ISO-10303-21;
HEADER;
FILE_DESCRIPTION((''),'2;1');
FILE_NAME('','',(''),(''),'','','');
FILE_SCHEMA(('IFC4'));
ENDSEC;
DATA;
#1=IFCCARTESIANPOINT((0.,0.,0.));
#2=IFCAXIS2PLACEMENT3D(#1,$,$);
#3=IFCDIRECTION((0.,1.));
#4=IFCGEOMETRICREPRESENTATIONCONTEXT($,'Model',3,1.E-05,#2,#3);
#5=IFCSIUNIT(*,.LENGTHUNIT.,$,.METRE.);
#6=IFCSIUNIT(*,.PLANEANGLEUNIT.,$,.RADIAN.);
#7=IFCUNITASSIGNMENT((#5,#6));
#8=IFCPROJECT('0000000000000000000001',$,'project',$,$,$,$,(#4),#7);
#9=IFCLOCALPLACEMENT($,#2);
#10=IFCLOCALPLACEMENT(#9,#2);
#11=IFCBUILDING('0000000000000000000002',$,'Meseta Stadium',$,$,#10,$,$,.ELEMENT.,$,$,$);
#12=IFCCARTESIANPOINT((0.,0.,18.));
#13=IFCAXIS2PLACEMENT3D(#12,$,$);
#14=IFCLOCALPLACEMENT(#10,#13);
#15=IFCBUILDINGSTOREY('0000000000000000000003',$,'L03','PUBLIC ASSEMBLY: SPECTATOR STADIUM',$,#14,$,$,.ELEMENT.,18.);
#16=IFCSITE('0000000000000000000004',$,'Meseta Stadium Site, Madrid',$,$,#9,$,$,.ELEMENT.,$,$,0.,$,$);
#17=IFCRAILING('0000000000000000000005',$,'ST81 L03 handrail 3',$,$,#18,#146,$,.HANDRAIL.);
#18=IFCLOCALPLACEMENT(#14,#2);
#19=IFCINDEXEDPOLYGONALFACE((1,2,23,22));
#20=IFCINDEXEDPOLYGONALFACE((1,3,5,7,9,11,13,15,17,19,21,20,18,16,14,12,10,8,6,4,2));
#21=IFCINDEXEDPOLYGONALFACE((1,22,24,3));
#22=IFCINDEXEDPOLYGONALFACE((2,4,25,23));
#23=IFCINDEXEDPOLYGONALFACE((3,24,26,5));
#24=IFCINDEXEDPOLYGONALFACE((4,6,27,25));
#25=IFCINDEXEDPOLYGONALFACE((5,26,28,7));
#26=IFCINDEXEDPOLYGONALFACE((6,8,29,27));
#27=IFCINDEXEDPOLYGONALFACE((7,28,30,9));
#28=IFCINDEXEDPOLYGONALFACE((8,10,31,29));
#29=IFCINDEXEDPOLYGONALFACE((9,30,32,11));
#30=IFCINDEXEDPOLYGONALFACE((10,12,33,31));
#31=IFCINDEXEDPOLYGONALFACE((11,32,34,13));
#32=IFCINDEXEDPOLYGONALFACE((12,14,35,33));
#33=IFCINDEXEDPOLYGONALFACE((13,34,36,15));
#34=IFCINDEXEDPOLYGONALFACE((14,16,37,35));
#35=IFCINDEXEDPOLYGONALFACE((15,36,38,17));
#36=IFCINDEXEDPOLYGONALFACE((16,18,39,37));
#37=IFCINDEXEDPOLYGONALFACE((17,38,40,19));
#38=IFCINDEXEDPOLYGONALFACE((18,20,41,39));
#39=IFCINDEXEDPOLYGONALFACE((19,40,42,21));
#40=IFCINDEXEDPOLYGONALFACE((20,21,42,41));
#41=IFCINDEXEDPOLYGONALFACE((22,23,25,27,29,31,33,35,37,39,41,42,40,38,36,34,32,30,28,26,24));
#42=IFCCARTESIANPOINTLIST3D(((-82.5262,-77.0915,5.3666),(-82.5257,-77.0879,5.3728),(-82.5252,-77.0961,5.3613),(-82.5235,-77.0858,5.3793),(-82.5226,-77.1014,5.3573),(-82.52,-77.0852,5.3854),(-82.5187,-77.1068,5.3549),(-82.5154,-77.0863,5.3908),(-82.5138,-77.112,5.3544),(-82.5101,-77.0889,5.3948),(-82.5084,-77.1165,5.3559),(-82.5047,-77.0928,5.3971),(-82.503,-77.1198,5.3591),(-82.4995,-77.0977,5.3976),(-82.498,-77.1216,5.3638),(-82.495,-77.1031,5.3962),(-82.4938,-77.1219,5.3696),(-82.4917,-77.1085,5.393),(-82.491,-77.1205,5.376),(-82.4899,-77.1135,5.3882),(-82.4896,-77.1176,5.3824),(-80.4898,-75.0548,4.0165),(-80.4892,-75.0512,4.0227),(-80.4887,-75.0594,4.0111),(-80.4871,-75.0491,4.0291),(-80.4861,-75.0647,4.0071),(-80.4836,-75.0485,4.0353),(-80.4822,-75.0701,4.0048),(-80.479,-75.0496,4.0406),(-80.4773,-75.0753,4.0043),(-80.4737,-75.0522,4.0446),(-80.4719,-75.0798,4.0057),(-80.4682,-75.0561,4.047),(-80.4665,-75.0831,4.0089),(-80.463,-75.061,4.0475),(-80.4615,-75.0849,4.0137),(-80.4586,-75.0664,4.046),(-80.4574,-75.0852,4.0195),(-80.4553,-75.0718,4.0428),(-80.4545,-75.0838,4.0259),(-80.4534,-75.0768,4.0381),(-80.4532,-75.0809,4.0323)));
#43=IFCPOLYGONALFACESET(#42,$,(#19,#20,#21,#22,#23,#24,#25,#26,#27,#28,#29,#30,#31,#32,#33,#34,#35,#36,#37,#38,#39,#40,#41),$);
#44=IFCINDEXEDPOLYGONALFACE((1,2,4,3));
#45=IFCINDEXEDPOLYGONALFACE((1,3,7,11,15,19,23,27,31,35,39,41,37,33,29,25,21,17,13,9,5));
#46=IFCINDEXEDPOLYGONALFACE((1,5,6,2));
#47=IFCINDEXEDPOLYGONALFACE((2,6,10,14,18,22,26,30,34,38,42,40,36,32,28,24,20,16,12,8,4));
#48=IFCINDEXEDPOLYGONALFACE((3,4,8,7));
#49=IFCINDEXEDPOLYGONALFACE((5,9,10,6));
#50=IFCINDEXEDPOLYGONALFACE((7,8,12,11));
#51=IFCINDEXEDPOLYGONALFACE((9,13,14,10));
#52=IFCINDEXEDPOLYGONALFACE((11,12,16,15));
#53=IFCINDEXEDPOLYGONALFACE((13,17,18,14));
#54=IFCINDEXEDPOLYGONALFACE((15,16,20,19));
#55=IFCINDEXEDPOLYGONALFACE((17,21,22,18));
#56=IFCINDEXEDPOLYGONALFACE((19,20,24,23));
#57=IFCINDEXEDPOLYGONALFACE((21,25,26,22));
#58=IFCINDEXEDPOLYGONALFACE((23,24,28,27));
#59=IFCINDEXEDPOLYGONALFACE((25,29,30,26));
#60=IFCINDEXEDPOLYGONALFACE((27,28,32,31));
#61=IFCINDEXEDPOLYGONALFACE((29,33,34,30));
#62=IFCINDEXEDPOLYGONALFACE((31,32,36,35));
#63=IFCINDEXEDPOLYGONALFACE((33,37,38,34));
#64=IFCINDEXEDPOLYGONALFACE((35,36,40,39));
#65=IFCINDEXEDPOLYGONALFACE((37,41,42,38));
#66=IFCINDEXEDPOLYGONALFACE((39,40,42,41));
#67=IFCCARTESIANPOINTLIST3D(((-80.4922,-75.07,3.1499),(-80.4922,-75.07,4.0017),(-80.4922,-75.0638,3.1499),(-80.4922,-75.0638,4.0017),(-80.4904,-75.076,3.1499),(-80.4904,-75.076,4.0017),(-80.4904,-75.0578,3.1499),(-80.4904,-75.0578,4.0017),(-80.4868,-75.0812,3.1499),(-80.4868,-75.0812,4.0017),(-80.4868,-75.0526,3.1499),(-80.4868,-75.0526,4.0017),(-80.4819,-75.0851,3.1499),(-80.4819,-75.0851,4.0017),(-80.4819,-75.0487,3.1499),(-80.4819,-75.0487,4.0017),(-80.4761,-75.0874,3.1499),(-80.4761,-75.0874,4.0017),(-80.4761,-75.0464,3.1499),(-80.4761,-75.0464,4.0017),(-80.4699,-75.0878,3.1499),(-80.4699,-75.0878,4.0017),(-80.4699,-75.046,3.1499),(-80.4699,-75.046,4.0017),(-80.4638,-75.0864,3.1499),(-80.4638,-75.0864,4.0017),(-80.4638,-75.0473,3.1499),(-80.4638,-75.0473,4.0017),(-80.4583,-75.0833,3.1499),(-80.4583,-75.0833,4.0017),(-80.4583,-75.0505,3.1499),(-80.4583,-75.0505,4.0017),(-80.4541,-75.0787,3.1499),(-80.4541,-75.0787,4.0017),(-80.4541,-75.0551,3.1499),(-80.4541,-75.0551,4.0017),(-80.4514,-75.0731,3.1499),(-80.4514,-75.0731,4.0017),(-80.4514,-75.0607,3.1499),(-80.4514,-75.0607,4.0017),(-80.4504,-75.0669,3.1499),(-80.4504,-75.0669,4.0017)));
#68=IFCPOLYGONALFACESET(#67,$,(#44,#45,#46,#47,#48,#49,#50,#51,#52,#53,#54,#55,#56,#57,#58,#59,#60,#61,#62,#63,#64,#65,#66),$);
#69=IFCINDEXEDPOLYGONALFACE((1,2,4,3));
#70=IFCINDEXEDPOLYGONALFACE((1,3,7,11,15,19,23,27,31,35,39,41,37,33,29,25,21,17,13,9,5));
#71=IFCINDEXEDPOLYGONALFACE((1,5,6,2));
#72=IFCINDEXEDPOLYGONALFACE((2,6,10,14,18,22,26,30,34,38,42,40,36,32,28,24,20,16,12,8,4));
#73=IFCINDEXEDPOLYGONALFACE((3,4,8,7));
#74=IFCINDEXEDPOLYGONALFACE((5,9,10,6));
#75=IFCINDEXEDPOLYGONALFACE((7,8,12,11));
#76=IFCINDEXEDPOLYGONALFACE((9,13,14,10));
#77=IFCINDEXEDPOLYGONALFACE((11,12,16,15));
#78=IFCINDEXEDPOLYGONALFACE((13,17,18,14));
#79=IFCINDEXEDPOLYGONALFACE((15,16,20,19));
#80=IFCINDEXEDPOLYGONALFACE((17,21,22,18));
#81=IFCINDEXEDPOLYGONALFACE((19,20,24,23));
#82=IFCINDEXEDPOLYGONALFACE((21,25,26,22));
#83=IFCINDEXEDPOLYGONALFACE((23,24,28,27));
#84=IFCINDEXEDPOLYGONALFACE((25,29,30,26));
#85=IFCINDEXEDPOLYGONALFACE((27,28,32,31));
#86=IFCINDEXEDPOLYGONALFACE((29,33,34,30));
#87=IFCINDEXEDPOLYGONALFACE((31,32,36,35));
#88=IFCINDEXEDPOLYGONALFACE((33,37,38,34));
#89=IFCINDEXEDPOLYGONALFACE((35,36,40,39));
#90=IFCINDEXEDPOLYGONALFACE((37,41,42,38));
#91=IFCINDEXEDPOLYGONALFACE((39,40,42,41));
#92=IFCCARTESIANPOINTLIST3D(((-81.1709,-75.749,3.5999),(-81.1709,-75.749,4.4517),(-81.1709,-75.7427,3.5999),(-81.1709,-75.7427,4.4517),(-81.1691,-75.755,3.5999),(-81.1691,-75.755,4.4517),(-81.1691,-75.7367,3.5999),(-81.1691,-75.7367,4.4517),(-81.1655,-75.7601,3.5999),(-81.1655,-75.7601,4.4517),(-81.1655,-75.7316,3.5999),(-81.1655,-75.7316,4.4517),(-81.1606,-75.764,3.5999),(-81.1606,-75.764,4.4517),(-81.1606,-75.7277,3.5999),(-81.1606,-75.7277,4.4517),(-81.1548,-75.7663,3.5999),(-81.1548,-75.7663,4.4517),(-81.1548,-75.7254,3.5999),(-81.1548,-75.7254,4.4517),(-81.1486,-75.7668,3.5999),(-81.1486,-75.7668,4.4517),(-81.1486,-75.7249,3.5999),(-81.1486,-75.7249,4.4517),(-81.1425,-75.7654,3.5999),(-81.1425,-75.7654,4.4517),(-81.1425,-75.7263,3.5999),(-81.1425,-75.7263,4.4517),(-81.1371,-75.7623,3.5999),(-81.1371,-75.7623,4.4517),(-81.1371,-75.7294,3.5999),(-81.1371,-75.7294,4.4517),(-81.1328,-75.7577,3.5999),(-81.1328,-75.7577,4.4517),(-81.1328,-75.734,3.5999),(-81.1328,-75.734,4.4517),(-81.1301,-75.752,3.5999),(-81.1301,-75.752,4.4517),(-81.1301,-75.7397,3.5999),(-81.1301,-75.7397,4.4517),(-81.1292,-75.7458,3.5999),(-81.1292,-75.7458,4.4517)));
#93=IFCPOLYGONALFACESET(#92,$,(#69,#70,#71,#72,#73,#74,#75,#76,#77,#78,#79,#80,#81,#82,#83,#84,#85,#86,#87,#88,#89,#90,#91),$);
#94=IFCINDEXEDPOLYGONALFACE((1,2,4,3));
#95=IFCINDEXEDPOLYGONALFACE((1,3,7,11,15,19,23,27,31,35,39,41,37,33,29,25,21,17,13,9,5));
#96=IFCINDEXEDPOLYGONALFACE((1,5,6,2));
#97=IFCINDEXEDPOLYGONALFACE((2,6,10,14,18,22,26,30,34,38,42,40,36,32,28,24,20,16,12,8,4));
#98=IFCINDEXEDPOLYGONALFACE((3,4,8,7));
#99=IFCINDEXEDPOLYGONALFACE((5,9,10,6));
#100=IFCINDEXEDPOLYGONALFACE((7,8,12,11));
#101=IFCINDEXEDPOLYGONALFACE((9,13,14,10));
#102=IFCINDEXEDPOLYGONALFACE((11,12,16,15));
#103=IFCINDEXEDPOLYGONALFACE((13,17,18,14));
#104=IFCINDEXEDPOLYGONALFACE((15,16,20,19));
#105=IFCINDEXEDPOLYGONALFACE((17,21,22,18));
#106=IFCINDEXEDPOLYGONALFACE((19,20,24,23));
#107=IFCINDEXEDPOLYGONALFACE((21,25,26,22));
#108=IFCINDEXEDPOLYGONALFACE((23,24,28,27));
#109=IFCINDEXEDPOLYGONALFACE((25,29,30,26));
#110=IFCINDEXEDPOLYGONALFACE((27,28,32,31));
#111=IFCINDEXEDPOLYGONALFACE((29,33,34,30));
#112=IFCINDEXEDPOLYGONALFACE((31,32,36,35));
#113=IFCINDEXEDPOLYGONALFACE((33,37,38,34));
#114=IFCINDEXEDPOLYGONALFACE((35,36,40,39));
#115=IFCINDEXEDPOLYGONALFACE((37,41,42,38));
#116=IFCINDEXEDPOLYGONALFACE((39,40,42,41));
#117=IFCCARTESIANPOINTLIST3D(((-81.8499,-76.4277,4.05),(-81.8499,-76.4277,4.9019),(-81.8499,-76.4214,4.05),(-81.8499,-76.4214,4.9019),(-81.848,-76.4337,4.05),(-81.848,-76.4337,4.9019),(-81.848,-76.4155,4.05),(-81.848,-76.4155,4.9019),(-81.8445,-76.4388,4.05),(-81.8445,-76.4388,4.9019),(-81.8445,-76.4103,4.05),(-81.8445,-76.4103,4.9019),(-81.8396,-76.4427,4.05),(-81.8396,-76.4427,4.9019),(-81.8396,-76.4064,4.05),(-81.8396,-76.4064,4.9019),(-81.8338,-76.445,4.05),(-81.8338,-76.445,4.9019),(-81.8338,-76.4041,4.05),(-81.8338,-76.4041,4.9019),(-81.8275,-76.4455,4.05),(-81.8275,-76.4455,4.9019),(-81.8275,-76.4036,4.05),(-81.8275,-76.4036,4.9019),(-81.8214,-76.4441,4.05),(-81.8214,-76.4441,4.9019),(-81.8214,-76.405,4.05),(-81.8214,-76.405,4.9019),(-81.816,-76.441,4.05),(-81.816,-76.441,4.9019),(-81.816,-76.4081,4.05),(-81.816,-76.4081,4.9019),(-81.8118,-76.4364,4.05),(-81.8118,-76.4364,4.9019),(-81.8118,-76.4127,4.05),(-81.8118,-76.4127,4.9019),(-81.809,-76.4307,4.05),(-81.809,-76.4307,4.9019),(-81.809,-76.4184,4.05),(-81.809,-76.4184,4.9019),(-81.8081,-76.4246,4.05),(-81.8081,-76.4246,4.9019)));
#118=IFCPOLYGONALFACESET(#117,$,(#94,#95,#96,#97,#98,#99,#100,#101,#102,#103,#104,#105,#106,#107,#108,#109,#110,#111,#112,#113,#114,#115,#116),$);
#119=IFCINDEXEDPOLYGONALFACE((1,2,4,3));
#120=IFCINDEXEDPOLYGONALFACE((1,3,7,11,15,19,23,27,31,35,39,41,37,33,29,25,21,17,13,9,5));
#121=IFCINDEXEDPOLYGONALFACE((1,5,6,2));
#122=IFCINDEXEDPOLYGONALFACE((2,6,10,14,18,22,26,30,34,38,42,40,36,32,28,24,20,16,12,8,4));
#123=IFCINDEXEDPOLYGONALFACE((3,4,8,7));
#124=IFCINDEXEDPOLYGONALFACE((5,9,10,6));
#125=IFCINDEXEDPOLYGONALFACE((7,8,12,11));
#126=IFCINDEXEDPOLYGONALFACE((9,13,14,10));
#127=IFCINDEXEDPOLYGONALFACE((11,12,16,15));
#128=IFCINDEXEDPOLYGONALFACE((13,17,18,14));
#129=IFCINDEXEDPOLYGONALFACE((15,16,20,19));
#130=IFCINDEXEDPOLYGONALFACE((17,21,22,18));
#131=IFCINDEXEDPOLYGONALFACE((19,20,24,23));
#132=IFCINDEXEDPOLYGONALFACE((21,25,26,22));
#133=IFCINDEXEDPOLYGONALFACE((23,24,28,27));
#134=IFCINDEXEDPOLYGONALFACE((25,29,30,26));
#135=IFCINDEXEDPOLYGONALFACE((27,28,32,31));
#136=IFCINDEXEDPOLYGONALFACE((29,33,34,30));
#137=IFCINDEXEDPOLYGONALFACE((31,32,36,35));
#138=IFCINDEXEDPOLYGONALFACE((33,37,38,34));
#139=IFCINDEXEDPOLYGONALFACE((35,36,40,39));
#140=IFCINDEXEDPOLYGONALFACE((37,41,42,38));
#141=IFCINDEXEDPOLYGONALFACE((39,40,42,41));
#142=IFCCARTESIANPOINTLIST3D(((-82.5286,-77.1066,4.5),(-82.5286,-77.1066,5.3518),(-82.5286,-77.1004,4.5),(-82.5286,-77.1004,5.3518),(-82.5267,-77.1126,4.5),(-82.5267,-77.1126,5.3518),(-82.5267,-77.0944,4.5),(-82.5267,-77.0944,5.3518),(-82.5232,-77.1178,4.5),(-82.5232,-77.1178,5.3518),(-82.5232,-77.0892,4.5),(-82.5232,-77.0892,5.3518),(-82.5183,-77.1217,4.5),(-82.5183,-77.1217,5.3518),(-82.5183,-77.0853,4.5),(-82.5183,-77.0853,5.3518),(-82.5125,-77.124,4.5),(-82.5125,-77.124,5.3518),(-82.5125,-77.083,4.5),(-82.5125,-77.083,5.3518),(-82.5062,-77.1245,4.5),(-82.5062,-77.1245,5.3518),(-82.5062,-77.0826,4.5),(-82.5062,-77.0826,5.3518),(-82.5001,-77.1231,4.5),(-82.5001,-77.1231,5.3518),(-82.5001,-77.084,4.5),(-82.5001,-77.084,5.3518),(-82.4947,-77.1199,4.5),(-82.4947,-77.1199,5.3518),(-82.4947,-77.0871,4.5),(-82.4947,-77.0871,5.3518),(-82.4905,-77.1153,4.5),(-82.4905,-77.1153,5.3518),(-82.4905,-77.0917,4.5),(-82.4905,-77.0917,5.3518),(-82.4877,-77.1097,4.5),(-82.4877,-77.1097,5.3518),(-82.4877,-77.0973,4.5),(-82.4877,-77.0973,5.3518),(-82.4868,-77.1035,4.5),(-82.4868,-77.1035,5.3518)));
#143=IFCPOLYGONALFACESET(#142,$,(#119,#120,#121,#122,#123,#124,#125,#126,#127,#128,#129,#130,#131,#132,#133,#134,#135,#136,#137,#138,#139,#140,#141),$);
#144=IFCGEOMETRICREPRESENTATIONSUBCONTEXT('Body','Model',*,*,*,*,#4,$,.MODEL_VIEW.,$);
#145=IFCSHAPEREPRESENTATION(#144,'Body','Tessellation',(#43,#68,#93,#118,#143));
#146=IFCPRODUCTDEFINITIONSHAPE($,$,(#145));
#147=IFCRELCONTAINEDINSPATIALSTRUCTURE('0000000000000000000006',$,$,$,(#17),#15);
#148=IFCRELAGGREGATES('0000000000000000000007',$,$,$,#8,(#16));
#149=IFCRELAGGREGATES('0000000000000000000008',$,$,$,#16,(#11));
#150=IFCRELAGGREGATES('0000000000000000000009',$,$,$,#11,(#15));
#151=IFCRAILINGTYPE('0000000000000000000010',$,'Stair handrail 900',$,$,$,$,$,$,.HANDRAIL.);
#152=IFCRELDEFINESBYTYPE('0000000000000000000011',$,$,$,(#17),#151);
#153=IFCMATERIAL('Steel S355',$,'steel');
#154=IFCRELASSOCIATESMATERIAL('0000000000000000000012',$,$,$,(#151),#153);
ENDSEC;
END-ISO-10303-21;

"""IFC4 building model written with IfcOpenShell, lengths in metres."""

from ifc_helpers import new_model, si_unit, direction, frame, origin, origin_2d, place, context, subcontext, project, spatial, circle, extrude, material, type_object, element, save


model = new_model("IFC4")

# Units and contexts
model_context = context("Model", 3, precision=1e-05, world=origin(), true_north=direction((0.0, 1.0)))
body_context = subcontext(model_context, "Body", "Model", "MODEL_VIEW")
ifc_project = project(units=[si_unit("LENGTHUNIT", "METRE"), si_unit("PLANEANGLEUNIT", "RADIAN")], contexts=[model_context])

# Site, building, storey
site_placement = place(None, origin())
site = spatial("IfcSite", under=ifc_project, at=site_placement, Name="Meseta Stadium Site, Madrid", CompositionType="ELEMENT", RefElevation=0.0)
building_placement = place(site_placement, origin())
building = spatial("IfcBuilding", under=site, at=building_placement, Name="Meseta Stadium", CompositionType="ELEMENT")
storey_placement = place(building_placement, frame((0.0, 0.0, 18.0)))
storey = spatial("IfcBuildingStorey", under=building, at=storey_placement, Name="L03", Description="PUBLIC ASSEMBLY: SPECTATOR STADIUM", CompositionType="ELEMENT", Elevation=18.0)

# Railing
ifc_material_1 = material(Name="Steel S355", Category="steel")
railing_type_1 = type_object("IfcRailingType", Name="Stair handrail 900", PredefinedType="HANDRAIL", material=ifc_material_1)
for number, where, name in (
    (1, (-80.4714, -75.0669, 3.1499), "ST81 L03 handrail 3"),
):
    element("IfcRailing", number, at=place(storey_placement, frame(where)), inside=storey, type_object=railing_type_1, Name=name, PredefinedType="HANDRAIL", context=body_context, shape_type="SweptSolid", body=[
        extrude(circle(Radius=0.0239, at=origin_2d()), frame((0.0, 0.0, 0.876), z_axis=(-0.640211, -0.640288, 0.424454), x_axis=(0.707149, -0.707064, 0.0)), (0.0, 0.0, 1.0), 3.1809),
        extrude(circle(Radius=0.021, at=origin_2d()), origin(), (0.0, 0.0, 1.0), 0.8518),
        extrude(circle(Radius=0.021, at=origin_2d()), frame((-0.6787, -0.679, 0.45)), (0.0, 0.0, 1.0), 0.8518),
        extrude(circle(Radius=0.021, at=origin_2d()), frame((-1.3577, -1.3577, 0.9001)), (0.0, 0.0, 1.0), 0.8518),
        extrude(circle(Radius=0.021, at=origin_2d()), frame((-2.0364, -2.0366, 1.3501)), (0.0, 0.0, 1.0), 0.8518),
    ])

save(model, "model.ifc")
